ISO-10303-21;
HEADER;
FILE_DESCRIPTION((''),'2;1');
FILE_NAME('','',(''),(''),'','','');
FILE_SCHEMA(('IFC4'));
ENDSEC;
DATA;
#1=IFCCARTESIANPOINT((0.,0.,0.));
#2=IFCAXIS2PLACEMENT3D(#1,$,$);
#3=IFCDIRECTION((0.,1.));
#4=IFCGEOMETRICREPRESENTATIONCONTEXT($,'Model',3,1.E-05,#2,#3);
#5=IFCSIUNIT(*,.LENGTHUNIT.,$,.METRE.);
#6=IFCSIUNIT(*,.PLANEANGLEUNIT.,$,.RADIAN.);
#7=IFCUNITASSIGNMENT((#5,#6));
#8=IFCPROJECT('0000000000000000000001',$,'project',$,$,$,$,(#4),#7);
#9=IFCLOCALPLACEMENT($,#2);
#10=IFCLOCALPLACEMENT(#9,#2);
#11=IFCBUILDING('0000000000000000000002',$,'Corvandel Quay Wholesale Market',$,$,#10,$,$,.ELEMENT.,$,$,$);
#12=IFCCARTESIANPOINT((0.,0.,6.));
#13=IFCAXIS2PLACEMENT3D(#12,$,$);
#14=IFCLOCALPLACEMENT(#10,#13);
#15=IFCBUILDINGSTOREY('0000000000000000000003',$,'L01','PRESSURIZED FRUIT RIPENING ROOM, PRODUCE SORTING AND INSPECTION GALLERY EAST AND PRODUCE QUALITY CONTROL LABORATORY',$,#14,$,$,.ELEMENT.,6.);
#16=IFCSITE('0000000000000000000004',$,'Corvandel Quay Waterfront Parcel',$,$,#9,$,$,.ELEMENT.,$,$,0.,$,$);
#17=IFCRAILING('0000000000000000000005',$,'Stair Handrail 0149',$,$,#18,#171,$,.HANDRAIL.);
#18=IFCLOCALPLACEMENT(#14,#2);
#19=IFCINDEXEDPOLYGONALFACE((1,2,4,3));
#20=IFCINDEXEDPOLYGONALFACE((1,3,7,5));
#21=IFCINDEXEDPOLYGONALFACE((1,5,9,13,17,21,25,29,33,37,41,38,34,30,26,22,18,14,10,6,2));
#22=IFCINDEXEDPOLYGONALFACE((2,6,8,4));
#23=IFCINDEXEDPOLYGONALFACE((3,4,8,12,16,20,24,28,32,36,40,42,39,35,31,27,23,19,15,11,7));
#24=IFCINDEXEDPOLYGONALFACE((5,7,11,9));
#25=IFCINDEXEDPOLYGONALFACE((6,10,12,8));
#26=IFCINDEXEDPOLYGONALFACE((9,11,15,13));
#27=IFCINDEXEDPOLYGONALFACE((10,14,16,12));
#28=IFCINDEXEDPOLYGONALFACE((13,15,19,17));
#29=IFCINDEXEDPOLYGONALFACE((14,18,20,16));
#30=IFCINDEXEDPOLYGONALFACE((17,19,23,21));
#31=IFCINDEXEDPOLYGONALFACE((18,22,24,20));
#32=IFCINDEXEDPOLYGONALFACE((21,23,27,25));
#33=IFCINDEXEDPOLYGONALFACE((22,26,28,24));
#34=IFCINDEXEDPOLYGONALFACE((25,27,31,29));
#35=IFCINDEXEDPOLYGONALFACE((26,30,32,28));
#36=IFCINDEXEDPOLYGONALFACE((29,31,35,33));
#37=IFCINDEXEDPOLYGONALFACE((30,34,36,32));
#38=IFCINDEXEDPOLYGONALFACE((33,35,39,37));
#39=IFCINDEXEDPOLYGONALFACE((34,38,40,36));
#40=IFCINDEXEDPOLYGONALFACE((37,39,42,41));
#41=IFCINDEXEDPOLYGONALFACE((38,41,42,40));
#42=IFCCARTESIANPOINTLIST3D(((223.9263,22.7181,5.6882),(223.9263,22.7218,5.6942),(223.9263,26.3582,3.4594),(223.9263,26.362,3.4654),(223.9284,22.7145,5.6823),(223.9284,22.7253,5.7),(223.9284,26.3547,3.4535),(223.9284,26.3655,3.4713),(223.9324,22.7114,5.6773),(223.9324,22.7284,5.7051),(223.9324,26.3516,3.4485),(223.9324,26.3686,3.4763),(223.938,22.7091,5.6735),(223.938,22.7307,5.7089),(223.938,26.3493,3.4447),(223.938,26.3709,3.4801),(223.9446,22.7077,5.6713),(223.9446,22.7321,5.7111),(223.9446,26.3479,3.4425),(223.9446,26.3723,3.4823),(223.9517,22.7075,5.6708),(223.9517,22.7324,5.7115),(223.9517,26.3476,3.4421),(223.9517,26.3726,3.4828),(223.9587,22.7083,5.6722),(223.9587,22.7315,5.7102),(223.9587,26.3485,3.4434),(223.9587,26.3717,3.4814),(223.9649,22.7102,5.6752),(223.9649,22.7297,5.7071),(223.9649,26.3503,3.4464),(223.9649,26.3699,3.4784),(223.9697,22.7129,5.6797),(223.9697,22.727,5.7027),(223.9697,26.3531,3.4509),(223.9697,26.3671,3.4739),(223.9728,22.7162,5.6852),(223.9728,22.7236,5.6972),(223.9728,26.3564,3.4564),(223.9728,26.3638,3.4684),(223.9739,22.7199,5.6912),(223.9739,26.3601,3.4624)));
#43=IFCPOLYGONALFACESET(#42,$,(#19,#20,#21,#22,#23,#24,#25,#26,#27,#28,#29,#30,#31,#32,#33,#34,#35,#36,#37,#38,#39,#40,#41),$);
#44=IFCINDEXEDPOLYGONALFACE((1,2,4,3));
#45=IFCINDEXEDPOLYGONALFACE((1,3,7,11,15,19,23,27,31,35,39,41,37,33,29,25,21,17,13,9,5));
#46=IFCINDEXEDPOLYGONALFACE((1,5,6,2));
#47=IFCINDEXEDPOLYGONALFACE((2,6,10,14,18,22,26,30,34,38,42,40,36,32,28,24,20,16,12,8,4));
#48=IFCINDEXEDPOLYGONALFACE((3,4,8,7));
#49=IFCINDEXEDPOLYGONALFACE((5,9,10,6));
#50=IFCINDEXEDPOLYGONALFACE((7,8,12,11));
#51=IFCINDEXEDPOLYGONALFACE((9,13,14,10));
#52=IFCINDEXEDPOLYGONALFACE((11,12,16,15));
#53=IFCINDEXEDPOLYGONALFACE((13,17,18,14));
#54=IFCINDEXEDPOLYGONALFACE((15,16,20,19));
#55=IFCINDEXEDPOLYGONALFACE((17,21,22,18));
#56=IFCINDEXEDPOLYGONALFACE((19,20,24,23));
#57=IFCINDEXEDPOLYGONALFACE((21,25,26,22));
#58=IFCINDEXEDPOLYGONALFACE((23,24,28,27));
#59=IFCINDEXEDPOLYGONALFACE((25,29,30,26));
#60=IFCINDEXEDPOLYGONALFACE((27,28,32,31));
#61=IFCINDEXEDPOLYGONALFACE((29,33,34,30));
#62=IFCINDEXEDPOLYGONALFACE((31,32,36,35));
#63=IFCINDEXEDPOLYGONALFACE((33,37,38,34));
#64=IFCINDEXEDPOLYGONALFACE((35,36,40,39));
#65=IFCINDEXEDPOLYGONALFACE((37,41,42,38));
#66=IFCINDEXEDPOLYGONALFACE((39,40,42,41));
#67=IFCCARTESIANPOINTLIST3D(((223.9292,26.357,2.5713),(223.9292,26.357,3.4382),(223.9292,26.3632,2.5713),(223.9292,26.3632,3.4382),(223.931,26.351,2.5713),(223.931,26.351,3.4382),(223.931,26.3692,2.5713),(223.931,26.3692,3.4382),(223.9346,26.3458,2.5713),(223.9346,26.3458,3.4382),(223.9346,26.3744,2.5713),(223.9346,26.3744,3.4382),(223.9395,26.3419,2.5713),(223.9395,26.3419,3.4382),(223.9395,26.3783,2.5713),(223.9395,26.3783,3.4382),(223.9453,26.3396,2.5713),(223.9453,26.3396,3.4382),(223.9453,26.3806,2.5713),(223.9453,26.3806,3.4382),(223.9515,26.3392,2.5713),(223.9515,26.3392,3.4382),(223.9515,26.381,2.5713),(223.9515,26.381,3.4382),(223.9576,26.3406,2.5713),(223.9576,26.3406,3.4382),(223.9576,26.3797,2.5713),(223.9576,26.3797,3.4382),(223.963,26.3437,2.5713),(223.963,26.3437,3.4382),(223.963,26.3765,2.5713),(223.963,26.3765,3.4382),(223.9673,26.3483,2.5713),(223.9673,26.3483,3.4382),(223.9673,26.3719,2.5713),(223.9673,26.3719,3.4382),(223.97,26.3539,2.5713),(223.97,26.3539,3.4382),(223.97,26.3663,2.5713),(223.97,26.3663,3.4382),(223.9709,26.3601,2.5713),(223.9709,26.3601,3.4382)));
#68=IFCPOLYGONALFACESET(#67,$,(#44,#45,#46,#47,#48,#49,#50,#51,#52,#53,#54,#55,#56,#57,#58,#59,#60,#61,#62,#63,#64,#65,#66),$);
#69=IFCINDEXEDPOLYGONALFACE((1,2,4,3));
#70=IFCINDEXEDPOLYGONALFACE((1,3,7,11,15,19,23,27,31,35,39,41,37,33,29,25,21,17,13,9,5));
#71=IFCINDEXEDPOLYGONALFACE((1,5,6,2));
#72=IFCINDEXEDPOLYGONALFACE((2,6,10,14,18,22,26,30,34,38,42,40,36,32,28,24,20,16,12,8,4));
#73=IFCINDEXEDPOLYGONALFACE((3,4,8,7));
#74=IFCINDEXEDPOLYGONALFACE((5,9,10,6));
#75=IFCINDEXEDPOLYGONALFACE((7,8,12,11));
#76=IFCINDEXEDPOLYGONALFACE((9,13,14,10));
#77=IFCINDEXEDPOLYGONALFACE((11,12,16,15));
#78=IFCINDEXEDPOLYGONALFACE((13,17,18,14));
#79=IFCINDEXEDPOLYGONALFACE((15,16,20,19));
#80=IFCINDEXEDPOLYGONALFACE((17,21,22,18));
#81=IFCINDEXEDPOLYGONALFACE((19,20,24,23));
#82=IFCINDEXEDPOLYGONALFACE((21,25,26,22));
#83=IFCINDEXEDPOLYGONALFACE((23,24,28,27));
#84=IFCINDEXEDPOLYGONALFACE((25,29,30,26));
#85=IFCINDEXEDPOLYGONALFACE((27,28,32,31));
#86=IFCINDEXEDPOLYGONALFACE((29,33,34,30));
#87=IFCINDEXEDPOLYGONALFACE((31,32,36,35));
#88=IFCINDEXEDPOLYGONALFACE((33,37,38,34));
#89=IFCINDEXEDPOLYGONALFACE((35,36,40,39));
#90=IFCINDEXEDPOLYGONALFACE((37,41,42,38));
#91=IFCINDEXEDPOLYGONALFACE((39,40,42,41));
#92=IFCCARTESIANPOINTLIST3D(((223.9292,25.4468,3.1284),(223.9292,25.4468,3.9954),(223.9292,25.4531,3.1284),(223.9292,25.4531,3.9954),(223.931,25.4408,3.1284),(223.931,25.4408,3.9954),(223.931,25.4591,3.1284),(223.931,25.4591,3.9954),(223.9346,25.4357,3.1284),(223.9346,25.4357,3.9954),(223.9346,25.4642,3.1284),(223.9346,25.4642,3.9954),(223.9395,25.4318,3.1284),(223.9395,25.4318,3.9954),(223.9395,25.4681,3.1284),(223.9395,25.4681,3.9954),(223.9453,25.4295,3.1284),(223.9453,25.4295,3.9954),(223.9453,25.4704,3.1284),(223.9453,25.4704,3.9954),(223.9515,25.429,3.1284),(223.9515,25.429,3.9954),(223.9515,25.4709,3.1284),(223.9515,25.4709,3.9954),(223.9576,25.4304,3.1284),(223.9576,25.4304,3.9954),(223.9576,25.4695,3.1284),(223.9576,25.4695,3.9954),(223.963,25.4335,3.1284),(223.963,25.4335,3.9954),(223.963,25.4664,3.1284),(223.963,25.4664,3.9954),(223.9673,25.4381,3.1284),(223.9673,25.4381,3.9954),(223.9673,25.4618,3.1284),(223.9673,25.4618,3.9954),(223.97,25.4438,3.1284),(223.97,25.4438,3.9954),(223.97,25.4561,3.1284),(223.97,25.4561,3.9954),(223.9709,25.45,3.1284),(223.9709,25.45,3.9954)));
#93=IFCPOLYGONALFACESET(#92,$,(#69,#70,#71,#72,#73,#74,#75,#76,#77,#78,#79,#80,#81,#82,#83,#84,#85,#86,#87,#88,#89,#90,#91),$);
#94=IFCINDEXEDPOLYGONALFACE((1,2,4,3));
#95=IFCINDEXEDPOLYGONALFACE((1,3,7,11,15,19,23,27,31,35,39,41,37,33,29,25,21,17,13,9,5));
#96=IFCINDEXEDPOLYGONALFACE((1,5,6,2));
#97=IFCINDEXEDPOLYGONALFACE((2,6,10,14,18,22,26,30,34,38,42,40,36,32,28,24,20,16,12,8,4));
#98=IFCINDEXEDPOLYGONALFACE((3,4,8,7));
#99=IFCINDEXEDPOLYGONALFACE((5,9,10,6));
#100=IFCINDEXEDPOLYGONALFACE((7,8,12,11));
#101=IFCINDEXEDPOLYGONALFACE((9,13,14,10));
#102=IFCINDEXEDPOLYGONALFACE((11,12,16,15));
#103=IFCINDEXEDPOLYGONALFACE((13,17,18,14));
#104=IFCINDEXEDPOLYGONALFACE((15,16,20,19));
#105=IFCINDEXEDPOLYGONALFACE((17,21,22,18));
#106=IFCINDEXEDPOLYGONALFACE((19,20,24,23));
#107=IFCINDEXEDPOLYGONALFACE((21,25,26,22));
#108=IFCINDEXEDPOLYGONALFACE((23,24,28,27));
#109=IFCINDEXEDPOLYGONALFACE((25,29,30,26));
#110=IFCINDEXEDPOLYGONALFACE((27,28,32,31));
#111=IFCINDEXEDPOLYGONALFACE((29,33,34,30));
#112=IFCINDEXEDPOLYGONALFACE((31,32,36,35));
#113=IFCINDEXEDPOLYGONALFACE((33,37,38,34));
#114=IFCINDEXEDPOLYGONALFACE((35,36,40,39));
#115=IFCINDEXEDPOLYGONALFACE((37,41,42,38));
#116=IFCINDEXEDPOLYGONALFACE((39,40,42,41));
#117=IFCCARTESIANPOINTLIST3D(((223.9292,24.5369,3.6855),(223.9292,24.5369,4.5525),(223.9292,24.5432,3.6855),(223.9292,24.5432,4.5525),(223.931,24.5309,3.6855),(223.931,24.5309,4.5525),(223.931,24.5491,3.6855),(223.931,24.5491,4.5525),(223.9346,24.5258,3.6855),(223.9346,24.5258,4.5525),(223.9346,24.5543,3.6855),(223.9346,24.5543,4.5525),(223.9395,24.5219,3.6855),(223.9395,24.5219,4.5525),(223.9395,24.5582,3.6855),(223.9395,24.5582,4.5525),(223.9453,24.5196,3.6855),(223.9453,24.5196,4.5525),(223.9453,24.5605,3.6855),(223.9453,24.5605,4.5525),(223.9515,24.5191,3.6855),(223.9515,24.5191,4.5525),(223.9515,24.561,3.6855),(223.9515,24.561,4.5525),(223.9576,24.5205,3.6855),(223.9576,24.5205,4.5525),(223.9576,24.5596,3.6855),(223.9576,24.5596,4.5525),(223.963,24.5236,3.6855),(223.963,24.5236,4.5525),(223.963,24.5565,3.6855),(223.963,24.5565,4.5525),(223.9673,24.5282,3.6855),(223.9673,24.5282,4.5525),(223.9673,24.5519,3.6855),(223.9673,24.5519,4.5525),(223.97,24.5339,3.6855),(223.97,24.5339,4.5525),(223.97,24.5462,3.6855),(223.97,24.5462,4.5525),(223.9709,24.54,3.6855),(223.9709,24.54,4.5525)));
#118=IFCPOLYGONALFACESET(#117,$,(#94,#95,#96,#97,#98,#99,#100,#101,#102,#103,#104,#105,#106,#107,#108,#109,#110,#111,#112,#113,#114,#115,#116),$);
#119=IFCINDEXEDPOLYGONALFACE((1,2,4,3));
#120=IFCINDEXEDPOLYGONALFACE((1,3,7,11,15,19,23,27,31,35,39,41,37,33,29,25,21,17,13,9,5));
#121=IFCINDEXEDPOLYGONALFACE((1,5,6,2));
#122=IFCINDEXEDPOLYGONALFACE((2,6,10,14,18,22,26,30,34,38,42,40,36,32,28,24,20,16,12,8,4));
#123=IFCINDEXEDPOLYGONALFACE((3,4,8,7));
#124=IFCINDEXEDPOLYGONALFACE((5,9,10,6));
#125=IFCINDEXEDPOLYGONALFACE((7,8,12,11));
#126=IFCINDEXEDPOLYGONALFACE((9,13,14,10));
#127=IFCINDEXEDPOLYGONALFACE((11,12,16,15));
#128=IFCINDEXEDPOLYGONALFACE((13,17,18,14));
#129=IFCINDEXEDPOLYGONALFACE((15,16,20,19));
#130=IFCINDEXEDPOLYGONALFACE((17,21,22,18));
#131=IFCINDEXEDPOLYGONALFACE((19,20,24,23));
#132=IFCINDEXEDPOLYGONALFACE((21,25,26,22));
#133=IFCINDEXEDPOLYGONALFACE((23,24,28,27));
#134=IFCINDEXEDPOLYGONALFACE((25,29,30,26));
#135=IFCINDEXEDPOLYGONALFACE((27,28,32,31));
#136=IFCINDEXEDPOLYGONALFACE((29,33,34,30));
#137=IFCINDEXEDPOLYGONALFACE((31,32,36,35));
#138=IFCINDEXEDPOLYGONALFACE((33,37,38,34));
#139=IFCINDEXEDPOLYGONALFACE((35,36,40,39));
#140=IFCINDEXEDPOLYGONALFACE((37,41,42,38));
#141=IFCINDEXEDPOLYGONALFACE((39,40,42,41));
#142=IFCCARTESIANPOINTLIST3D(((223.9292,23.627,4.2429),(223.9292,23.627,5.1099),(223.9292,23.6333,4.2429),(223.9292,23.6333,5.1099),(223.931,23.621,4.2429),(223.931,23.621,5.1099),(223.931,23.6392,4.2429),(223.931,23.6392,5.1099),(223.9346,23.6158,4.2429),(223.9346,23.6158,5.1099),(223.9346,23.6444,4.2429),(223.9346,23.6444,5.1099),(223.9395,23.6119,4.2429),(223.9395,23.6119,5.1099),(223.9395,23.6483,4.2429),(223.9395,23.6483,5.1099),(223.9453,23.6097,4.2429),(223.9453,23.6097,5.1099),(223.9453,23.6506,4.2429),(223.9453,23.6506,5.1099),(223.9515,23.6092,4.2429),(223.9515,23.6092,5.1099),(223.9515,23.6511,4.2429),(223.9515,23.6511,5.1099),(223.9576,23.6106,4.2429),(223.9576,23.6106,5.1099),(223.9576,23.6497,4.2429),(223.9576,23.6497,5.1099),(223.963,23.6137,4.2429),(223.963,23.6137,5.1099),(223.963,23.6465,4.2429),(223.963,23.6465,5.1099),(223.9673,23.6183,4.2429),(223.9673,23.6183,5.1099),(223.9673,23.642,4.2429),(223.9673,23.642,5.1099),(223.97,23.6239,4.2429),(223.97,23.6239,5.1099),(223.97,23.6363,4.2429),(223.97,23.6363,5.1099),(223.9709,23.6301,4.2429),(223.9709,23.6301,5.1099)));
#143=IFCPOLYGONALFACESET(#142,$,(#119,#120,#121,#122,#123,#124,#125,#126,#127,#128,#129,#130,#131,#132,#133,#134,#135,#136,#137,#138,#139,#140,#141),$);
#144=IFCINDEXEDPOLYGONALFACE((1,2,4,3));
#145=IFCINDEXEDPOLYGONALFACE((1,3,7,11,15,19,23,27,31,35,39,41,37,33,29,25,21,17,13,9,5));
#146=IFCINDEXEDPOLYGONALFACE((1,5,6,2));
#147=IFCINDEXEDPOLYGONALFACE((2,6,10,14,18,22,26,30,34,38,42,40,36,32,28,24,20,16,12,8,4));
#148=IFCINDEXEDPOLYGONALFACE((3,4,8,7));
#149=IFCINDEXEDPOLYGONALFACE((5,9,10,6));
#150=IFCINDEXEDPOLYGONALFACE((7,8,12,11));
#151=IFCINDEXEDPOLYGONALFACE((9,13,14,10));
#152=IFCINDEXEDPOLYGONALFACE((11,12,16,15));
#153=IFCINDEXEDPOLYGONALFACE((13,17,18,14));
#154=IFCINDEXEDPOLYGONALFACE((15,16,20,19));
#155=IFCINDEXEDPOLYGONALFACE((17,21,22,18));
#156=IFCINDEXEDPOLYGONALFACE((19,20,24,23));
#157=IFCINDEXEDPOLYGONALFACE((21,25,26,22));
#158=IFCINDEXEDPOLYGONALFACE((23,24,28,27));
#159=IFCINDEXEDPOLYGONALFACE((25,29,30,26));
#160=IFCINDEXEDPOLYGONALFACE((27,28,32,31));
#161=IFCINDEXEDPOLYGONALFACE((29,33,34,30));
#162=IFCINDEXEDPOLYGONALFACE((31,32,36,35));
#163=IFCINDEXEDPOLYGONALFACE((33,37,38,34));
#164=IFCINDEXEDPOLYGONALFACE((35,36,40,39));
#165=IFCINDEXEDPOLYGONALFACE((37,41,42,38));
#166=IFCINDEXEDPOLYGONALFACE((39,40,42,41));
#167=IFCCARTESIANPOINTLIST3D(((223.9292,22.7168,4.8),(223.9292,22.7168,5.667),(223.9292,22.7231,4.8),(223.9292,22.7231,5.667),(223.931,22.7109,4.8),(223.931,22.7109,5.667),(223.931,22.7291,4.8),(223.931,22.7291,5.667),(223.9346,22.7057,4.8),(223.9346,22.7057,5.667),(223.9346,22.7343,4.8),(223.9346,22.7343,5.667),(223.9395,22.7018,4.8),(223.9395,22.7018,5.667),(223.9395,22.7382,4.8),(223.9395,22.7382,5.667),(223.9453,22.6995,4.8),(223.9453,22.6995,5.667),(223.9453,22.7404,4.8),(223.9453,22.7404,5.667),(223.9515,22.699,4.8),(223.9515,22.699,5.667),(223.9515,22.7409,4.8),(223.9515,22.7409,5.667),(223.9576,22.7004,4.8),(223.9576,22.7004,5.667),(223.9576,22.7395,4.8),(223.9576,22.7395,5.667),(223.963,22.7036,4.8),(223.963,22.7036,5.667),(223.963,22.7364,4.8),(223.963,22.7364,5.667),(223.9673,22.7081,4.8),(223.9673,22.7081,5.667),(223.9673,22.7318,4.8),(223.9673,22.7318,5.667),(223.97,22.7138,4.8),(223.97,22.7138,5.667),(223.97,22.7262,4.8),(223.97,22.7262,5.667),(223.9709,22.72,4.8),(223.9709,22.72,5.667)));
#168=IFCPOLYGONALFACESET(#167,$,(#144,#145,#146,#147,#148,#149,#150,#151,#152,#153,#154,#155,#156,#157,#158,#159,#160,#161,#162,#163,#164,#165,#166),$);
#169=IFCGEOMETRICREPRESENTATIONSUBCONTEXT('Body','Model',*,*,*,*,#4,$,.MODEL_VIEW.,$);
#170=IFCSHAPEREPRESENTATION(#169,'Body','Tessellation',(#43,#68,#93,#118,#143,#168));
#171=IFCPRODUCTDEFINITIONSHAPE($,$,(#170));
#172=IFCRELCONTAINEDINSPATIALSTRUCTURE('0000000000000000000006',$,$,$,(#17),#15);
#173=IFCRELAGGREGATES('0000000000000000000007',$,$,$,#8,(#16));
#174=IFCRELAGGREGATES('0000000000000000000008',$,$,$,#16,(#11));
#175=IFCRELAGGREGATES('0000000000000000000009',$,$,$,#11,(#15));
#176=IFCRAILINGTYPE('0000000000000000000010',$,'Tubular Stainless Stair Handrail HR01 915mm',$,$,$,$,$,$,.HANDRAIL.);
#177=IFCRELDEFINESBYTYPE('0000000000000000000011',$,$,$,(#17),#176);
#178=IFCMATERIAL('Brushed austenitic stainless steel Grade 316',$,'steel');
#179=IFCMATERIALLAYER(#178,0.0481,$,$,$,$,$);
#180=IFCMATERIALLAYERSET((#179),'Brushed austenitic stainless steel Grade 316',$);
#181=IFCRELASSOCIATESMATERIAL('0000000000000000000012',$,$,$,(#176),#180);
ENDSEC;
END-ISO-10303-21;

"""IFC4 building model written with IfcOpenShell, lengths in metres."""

from ifc_helpers import new_model, si_unit, direction, frame, origin, origin_2d, place, context, subcontext, project, spatial, circle, extrude, material, layer, layer_set, type_object, element, save


model = new_model("IFC4")

# Units and contexts
model_context = context("Model", 3, precision=1e-05, world=origin(), true_north=direction((0.0, 1.0)))
body_context = subcontext(model_context, "Body", "Model", "MODEL_VIEW")
ifc_project = project(units=[si_unit("LENGTHUNIT", "METRE"), si_unit("PLANEANGLEUNIT", "RADIAN")], contexts=[model_context])

# Site, building, storey
site_placement = place(None, origin())
site = spatial("IfcSite", under=ifc_project, at=site_placement, Name="Corvandel Quay Waterfront Parcel", CompositionType="ELEMENT", RefElevation=0.0)
building_placement = place(site_placement, origin())
building = spatial("IfcBuilding", under=site, at=building_placement, Name="Corvandel Quay Wholesale Market", CompositionType="ELEMENT")
storey_placement = place(building_placement, frame((0.0, 0.0, 6.0)))
storey = spatial("IfcBuildingStorey", under=building, at=storey_placement, Name="L01", Description="PRESSURIZED FRUIT RIPENING ROOM, PRODUCE SORTING AND INSPECTION GALLERY EAST AND PRODUCE QUALITY CONTROL LABORATORY", CompositionType="ELEMENT", Elevation=6.0)

# Railing
ifc_material_1 = material(Name="Brushed austenitic stainless steel Grade 316", Category="steel")
ifc_layer_1 = layer(ifc_material_1, 0.0481)
ifc_layer_set_1 = layer_set([ifc_layer_1], Name="Brushed austenitic stainless steel Grade 316")
railing_type_1 = type_object("IfcRailingType", Name="Tubular Stainless Stair Handrail HR01 915mm", PredefinedType="HANDRAIL", material=ifc_layer_set_1)
for number, where, name in (
    (1, (223.95, 26.3601, 2.5713), "Stair Handrail 0149"),
):
    element("IfcRailing", number, at=place(storey_placement, frame(where)), inside=storey, type_object=railing_type_1, Name=name, PredefinedType="HANDRAIL", context=body_context, shape_type="SweptSolid", body=[
        extrude(circle(Radius=0.0239, at=origin_2d()), frame((0.0, 0.0, 0.8911), z_axis=(0.0, -0.85284, 0.522172), x_axis=(1.0, 0.0, 0.0)), (0.0, 0.0, 1.0), 4.2683),
        extrude(circle(Radius=0.021, at=origin_2d()), origin(), (0.0, 0.0, 1.0), 0.8669),
        extrude(circle(Radius=0.021, at=origin_2d()), frame((0.0, -0.9102, 0.5571)), (0.0, 0.0, 1.0), 0.8669),
        extrude(circle(Radius=0.021, at=origin_2d()), frame((0.0, -1.8201, 1.1143)), (0.0, 0.0, 1.0), 0.8669),
        extrude(circle(Radius=0.021, at=origin_2d()), frame((0.0, -2.73, 1.6716)), (0.0, 0.0, 1.0), 0.8669),
        extrude(circle(Radius=0.021, at=origin_2d()), frame((0.0, -3.6401, 2.2288)), (0.0, 0.0, 1.0), 0.8669),
    ])

save(model, "model.ifc")
